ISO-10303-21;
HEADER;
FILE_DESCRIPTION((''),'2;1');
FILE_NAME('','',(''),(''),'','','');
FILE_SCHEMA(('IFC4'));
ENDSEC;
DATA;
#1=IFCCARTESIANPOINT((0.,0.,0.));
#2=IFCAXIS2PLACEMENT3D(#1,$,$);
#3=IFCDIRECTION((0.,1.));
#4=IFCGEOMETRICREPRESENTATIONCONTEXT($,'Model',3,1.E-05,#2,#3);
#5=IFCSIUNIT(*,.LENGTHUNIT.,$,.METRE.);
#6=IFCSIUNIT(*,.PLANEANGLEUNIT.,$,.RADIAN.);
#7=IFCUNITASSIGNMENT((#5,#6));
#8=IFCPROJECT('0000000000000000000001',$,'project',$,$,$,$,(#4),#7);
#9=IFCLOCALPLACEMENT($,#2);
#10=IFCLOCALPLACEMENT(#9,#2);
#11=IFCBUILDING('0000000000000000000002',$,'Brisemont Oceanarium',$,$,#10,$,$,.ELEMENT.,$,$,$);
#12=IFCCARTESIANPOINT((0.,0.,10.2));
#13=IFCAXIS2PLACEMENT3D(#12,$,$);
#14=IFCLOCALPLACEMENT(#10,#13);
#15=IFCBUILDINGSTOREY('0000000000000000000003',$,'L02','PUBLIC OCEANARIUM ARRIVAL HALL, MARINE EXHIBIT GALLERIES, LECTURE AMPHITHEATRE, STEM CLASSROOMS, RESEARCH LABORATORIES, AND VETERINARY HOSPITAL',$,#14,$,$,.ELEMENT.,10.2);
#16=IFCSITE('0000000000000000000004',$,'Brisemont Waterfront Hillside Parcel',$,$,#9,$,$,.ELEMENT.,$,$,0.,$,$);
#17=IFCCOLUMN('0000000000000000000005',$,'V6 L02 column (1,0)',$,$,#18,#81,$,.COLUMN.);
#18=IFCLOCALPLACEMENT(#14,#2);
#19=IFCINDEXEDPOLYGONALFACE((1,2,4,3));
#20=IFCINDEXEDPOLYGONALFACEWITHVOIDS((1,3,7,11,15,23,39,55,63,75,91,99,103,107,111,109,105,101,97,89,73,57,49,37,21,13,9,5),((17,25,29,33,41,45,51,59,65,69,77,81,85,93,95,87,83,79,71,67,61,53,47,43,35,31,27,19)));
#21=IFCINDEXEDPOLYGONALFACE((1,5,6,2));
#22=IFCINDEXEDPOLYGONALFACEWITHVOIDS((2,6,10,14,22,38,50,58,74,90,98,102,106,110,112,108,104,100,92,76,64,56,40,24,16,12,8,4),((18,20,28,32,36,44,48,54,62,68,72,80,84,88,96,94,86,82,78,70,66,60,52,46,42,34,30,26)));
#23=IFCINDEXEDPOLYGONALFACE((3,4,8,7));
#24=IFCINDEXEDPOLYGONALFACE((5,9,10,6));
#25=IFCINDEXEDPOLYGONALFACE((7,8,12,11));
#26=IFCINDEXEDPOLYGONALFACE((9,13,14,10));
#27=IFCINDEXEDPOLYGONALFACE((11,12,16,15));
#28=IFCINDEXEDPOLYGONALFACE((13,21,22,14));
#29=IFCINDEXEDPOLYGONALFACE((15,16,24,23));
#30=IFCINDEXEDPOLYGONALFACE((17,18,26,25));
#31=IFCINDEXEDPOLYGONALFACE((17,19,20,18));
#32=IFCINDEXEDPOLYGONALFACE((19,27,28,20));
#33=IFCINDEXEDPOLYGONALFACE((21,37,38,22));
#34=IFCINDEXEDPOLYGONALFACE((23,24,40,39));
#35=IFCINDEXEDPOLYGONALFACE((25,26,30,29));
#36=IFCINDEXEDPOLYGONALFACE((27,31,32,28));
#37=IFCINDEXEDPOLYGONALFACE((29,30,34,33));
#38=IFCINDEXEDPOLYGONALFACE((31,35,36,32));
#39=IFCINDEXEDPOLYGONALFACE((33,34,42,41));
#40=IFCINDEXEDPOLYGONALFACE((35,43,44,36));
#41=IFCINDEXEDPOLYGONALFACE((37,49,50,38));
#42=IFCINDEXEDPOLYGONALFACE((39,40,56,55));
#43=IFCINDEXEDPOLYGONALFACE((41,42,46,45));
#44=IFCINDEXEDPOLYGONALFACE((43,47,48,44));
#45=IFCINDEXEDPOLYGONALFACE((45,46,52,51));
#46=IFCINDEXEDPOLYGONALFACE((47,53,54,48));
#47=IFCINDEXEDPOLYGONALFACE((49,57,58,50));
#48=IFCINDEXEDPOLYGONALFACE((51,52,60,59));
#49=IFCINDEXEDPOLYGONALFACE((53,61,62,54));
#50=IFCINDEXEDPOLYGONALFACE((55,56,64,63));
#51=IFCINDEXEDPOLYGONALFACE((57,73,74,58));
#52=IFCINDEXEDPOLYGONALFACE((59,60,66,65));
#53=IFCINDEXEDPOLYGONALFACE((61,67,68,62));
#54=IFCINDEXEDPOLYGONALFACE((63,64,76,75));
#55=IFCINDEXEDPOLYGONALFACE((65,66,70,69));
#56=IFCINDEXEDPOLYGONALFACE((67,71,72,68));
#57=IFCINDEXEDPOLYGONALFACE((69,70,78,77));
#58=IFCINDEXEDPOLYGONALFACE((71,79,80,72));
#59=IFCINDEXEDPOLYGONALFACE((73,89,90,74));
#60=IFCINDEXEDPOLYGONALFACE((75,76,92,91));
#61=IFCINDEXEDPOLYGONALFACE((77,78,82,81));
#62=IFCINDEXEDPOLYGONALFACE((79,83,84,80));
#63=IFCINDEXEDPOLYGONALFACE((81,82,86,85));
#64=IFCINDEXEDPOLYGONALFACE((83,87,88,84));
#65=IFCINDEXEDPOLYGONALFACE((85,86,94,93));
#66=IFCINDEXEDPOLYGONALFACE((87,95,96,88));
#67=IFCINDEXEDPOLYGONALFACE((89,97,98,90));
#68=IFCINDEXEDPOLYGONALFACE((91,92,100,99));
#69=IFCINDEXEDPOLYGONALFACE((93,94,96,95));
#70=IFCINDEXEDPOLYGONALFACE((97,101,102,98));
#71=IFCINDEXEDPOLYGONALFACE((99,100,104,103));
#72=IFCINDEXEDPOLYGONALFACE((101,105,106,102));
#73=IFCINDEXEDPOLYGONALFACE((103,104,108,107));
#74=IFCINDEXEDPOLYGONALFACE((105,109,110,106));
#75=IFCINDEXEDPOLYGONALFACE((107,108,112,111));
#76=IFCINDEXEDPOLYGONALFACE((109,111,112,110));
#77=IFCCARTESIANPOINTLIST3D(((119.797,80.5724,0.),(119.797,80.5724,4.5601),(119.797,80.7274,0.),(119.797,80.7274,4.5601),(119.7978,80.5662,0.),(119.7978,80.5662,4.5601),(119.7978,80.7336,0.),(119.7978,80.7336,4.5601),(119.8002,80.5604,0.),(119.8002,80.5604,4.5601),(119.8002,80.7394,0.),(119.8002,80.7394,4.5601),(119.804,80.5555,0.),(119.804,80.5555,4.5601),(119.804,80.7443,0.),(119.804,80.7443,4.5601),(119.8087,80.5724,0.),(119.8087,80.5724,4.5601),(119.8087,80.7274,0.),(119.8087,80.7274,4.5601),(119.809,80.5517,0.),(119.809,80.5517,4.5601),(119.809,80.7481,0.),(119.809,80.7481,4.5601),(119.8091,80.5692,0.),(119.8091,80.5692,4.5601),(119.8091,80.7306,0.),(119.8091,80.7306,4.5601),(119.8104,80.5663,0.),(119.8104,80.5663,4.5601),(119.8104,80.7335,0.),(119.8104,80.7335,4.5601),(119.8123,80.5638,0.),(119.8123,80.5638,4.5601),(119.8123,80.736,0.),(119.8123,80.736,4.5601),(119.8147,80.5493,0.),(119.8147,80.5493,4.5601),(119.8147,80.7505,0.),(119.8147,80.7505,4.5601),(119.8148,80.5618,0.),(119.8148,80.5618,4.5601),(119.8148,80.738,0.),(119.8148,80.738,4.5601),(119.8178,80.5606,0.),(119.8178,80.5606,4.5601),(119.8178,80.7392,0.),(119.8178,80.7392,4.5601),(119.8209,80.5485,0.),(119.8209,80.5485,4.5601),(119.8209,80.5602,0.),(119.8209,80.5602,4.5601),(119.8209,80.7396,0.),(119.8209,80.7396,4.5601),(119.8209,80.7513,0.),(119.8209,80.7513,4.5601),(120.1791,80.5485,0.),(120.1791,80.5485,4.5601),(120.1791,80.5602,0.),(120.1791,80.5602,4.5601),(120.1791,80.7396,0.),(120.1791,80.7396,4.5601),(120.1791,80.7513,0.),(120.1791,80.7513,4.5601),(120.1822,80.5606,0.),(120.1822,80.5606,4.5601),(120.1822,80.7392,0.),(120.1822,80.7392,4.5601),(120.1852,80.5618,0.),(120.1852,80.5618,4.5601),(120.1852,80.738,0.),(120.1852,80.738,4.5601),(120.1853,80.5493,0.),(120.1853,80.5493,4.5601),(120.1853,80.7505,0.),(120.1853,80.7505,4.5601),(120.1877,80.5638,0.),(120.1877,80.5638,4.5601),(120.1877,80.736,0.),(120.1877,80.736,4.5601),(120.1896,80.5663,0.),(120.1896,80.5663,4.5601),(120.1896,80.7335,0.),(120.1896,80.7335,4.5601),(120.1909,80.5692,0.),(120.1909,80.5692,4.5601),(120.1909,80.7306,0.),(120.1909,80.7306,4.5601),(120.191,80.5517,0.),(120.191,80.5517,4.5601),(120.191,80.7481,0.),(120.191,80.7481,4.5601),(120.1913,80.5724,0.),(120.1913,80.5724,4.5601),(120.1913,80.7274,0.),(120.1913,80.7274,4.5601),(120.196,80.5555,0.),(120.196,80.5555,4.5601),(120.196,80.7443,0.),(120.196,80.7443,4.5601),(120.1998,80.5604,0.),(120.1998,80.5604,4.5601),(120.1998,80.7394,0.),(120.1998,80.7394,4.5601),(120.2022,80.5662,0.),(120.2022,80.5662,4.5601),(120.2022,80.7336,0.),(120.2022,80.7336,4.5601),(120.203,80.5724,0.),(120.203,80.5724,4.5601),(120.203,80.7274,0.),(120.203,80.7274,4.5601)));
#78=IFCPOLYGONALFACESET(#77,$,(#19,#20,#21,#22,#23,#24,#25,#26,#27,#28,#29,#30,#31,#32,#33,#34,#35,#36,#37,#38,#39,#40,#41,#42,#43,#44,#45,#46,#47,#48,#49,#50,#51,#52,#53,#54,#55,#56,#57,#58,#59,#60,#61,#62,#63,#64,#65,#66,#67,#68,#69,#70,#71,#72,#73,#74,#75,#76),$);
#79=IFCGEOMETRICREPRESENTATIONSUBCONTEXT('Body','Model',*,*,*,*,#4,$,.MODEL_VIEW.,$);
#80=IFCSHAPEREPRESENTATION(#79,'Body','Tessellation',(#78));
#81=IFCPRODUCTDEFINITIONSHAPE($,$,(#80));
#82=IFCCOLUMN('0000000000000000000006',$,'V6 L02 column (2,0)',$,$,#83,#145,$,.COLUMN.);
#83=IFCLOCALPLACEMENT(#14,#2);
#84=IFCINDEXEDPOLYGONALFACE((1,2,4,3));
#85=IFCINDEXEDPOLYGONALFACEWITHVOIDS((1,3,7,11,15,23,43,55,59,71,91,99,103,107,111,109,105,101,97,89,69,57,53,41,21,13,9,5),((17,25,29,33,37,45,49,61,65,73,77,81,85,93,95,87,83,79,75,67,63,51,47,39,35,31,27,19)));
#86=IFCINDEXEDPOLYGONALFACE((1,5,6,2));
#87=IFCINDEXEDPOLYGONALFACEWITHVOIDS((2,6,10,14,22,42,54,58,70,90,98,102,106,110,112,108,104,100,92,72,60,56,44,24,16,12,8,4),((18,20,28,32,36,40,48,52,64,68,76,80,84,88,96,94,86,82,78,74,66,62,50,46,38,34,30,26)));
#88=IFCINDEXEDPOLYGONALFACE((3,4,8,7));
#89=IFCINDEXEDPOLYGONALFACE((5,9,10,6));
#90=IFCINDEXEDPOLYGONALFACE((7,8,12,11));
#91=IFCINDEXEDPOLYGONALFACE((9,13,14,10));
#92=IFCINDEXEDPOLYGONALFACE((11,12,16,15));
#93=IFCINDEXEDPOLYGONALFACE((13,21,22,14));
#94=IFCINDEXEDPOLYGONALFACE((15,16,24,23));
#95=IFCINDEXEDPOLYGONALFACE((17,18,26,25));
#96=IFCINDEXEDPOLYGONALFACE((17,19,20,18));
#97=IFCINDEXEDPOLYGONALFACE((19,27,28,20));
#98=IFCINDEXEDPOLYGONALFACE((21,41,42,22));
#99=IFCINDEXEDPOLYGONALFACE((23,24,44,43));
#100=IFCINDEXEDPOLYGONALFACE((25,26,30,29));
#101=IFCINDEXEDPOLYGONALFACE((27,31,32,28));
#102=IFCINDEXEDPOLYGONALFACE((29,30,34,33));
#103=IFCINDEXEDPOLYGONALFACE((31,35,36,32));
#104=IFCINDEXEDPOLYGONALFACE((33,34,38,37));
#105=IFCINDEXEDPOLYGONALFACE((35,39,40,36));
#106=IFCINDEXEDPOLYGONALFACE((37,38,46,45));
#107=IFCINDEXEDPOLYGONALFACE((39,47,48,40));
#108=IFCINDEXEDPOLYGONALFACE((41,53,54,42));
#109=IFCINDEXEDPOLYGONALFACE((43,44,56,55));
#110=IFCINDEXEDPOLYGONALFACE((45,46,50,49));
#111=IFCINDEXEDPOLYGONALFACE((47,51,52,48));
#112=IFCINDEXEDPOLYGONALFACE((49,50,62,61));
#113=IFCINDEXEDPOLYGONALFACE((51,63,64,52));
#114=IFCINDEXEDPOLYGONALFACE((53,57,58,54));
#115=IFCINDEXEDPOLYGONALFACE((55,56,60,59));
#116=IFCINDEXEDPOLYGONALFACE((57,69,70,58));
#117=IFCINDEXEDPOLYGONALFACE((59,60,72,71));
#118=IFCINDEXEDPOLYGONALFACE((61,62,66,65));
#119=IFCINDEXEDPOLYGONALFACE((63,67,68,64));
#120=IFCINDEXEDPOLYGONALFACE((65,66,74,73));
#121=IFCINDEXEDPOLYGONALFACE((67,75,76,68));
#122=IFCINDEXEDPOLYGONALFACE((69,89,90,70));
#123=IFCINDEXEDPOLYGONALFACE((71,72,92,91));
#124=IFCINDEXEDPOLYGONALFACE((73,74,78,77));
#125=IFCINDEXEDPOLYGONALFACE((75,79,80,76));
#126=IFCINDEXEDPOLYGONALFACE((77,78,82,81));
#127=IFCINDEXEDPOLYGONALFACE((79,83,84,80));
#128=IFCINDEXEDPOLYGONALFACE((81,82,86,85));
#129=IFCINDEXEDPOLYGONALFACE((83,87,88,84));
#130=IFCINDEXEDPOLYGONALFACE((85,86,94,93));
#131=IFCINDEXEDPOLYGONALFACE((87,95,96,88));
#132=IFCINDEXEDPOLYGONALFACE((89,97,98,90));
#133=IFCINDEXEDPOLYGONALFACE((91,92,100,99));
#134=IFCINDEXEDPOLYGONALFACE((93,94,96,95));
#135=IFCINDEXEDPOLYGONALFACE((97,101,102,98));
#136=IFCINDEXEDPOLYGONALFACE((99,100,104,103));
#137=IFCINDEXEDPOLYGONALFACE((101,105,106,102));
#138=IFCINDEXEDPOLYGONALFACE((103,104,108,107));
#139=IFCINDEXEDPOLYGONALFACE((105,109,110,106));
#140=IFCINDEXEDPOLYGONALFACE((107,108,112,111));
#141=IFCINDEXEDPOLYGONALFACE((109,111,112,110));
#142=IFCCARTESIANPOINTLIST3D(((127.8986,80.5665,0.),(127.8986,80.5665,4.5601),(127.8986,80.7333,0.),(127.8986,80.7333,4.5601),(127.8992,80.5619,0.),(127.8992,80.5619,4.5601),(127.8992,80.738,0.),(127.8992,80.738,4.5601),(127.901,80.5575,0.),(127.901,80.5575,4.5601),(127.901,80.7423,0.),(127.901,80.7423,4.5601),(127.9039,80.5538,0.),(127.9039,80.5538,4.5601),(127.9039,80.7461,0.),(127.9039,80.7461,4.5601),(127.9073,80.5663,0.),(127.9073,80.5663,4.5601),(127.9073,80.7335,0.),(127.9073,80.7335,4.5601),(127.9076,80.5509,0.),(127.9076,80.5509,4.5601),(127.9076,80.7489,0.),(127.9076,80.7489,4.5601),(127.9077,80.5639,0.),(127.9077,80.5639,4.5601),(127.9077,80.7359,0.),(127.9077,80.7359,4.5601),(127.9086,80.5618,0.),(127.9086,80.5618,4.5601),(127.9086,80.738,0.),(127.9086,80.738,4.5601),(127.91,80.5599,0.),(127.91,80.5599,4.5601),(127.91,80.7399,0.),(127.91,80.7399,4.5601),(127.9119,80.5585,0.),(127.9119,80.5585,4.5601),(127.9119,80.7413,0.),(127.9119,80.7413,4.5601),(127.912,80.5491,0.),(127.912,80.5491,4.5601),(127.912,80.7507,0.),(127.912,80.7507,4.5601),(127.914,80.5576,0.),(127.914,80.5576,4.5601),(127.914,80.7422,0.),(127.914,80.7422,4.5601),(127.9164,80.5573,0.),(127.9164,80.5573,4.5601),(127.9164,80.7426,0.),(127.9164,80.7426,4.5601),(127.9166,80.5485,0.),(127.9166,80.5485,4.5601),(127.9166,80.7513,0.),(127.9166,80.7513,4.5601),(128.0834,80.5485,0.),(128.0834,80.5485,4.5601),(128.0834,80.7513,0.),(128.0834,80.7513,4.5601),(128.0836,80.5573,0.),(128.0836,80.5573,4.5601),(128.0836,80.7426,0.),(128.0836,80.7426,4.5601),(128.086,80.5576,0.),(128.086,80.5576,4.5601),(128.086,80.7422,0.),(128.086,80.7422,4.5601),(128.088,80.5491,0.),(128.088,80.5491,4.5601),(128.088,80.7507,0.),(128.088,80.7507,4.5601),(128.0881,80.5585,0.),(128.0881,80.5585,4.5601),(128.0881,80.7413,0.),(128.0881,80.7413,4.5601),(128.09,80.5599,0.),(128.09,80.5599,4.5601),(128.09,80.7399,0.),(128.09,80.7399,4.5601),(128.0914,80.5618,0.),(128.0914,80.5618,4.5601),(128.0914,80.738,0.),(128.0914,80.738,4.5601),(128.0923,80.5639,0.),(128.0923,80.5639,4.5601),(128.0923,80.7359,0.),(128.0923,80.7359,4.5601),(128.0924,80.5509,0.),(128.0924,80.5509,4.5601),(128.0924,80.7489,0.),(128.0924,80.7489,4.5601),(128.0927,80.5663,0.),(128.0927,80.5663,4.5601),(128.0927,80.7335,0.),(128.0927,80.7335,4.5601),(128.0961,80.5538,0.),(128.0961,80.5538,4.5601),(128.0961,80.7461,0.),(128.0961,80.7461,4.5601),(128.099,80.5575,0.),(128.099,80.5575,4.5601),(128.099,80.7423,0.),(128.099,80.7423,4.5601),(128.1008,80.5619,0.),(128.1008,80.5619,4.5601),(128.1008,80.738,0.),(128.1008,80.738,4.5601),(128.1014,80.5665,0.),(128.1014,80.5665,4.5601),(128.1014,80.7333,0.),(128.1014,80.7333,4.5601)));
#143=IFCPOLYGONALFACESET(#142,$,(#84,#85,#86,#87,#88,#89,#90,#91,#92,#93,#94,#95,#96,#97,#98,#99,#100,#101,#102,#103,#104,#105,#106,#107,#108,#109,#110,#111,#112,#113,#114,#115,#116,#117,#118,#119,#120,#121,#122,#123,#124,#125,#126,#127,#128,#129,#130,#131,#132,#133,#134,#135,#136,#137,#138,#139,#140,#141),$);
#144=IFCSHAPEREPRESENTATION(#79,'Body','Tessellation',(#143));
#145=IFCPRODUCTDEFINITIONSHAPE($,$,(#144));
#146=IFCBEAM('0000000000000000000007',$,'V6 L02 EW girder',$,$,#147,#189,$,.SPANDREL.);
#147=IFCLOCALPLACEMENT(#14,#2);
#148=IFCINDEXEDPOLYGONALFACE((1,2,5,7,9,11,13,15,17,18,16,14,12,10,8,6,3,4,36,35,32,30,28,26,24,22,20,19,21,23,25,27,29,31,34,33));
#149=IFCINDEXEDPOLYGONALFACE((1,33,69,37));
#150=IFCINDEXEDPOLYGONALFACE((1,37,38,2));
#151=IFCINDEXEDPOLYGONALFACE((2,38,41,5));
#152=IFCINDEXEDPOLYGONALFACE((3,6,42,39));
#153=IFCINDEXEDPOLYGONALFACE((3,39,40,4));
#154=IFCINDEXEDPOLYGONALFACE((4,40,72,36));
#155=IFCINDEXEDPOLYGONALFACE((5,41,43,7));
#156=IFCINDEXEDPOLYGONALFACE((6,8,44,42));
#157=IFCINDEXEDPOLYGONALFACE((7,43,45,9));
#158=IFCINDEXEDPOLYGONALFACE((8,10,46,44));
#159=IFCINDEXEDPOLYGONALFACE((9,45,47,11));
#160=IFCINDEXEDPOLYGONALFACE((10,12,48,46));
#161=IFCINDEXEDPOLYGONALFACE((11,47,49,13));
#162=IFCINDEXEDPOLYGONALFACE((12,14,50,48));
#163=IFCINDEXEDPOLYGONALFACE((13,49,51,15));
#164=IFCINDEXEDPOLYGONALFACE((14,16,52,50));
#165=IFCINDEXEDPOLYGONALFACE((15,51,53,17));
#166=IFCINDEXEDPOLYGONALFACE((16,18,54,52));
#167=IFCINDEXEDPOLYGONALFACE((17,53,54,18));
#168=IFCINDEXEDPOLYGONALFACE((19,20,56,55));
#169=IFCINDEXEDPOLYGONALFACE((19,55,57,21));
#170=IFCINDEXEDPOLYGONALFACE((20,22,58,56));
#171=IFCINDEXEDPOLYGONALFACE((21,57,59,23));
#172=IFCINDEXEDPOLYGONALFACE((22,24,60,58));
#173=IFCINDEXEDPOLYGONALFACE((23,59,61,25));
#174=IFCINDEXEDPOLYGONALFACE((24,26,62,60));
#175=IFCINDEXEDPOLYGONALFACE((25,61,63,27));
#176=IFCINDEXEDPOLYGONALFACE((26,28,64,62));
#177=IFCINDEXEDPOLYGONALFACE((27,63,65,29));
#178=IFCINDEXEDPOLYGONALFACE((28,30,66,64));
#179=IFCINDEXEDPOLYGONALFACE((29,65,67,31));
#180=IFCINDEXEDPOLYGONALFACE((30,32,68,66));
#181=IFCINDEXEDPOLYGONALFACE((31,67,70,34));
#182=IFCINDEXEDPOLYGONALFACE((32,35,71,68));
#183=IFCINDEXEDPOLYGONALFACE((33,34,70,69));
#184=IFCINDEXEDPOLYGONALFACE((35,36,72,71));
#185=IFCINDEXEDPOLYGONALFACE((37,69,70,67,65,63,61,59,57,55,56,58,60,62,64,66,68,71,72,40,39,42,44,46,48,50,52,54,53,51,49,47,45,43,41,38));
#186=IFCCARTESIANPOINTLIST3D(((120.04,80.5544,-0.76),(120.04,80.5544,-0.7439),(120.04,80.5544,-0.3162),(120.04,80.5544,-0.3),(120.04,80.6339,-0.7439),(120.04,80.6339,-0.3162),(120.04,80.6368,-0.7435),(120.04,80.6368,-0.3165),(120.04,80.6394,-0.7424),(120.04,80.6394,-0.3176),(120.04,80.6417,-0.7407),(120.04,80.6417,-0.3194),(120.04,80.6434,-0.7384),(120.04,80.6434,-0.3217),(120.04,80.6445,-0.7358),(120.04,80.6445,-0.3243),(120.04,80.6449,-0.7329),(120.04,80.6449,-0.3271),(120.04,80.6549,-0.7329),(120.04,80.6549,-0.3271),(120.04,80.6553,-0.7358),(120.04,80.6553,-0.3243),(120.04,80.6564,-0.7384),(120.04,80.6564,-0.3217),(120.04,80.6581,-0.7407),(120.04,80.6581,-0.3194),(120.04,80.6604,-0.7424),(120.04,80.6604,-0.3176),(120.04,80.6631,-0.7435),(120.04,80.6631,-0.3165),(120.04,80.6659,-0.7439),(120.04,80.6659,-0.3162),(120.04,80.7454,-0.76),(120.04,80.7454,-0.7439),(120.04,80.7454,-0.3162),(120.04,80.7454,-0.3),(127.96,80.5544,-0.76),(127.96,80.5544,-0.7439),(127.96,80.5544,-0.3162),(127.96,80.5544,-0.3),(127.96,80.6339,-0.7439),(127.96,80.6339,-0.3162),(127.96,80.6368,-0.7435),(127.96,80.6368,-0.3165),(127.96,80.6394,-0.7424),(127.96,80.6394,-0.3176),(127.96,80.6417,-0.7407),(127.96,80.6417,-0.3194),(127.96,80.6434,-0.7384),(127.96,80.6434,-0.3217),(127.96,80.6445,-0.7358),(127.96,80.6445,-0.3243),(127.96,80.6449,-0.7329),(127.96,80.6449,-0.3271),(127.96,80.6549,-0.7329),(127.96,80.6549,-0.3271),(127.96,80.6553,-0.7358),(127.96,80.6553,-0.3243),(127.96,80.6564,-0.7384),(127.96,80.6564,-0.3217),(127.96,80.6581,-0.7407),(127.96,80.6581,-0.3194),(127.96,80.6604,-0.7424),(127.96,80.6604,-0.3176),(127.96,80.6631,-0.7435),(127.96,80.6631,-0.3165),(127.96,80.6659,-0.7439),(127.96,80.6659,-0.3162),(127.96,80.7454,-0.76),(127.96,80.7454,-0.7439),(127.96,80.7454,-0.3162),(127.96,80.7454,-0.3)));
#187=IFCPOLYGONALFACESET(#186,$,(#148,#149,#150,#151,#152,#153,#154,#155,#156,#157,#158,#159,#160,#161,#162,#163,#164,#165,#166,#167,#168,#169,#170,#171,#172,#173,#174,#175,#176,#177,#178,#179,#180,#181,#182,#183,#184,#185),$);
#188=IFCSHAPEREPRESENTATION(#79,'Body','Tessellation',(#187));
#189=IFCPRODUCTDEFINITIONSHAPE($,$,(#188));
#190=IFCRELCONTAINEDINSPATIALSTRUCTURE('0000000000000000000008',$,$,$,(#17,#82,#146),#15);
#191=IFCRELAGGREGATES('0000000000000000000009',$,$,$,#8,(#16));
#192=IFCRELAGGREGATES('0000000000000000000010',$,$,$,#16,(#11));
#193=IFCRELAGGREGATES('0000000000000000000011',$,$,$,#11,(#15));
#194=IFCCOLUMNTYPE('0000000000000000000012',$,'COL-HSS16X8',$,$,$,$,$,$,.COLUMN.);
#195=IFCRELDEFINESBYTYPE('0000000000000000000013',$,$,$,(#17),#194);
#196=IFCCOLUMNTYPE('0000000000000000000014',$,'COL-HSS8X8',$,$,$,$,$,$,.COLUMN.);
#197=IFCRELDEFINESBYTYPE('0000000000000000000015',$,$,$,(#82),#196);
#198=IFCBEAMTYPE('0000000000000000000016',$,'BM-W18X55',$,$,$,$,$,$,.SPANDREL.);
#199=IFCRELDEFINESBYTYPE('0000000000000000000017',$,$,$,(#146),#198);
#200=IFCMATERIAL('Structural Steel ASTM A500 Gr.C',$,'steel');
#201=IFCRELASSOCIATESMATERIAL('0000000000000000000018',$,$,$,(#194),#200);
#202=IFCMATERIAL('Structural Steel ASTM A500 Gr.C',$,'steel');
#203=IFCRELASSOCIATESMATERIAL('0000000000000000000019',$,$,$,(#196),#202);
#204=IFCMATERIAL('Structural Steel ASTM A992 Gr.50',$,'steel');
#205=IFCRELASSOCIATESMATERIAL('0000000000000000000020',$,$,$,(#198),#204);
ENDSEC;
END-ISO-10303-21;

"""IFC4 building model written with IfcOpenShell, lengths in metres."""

from ifc_helpers import new_model, si_unit, direction, frame, origin, origin_2d, place, context, subcontext, project, spatial, hollow_rectangle, i_section, extrude, material, material_profile, profile_set, type_object, element, save


model = new_model("IFC4")

# Units and contexts
model_context = context("Model", 3, precision=1e-05, world=origin(), true_north=direction((0.0, 1.0)))
body_context = subcontext(model_context, "Body", "Model", "MODEL_VIEW")
ifc_project = project(units=[si_unit("LENGTHUNIT", "METRE"), si_unit("PLANEANGLEUNIT", "RADIAN")], contexts=[model_context])

# Site, building, storey
site_placement = place(None, origin())
site = spatial("IfcSite", under=ifc_project, at=site_placement, Name="Brisemont Waterfront Hillside Parcel", CompositionType="ELEMENT", RefElevation=0.0)
building_placement = place(site_placement, origin())
building = spatial("IfcBuilding", under=site, at=building_placement, Name="Brisemont Oceanarium", CompositionType="ELEMENT")
storey_placement = place(building_placement, frame((0.0, 0.0, 10.2)))
storey = spatial("IfcBuildingStorey", under=building, at=storey_placement, Name="L02", Description="PUBLIC OCEANARIUM ARRIVAL HALL, MARINE EXHIBIT GALLERIES, LECTURE AMPHITHEATRE, STEM CLASSROOMS, RESEARCH LABORATORIES, AND VETERINARY HOSPITAL", CompositionType="ELEMENT", Elevation=10.2)

# Columns
ifc_material_1 = material(Name="Structural Steel ASTM A500 Gr.C", Category="steel")
ifc_material_profile_1 = material_profile(ifc_material_1, hollow_rectangle(XDim=0.2029, YDim=0.406, WallThickness=0.0117, InnerFilletRadius=0.0122, OuterFilletRadius=0.0239, at=origin_2d()), Name="HSS16X8X1/2")
ifc_profile_set_1 = profile_set([ifc_material_profile_1], Name="Structural Steel ASTM A500 Gr.C")
column_type_1 = type_object("IfcColumnType", Name="COL-HSS16X8", PredefinedType="COLUMN", material=ifc_profile_set_1)
column_1_placement = place(storey_placement, frame((120.0, 80.6499, 0.0), z_axis=(0.0, 0.0, 1.0), x_axis=(0.0, 1.0, 0.0)))
element("IfcColumn", 1, at=column_1_placement, inside=storey, type_object=column_type_1, Name="V6 L02 column (1,0)", PredefinedType="COLUMN", context=body_context, shape_type="SweptSolid", body=[
    extrude(hollow_rectangle(XDim=0.2029, YDim=0.406, WallThickness=0.0117, InnerFilletRadius=0.0122, OuterFilletRadius=0.0239, at=origin_2d()), origin(), (0.0, 0.0, 1.0), 4.5601),
])
ifc_material_2 = material(Name="Structural Steel ASTM A500 Gr.C", Category="steel")
ifc_material_profile_2 = material_profile(ifc_material_2, hollow_rectangle(XDim=0.2029, YDim=0.2029, WallThickness=0.0088, InnerFilletRadius=0.009, OuterFilletRadius=0.0181, at=origin_2d()), Name="HSS8X8X3/8")
ifc_profile_set_2 = profile_set([ifc_material_profile_2], Name="Structural Steel ASTM A500 Gr.C")
column_type_2 = type_object("IfcColumnType", Name="COL-HSS8X8", PredefinedType="COLUMN", material=ifc_profile_set_2)
column_2_placement = place(storey_placement, frame((128.0, 80.6499, 0.0), z_axis=(0.0, 0.0, 1.0), x_axis=(1.0, 0.0, 0.0)))
element("IfcColumn", 2, at=column_2_placement, inside=storey, type_object=column_type_2, Name="V6 L02 column (2,0)", PredefinedType="COLUMN", context=body_context, shape_type="SweptSolid", body=[
    extrude(hollow_rectangle(XDim=0.2029, YDim=0.2029, WallThickness=0.0088, InnerFilletRadius=0.009, OuterFilletRadius=0.0181, at=origin_2d()), origin(), (0.0, 0.0, 1.0), 4.5601),
])

# Beam
ifc_material_3 = material(Name="Structural Steel ASTM A992 Gr.50", Category="steel")
ifc_material_profile_3 = material_profile(ifc_material_3, i_section(OverallWidth=0.1909, OverallDepth=0.46, WebThickness=0.01, FlangeThickness=0.0161, FilletRadius=0.011, at=origin_2d()), Name="W18X55")
ifc_profile_set_3 = profile_set([ifc_material_profile_3], Name="Structural Steel ASTM A992 Gr.50")
beam_type_1 = type_object("IfcBeamType", Name="BM-W18X55", PredefinedType="SPANDREL", material=ifc_profile_set_3)
beam_1_placement = place(storey_placement, frame((120.04, 80.6499, -0.53), z_axis=(1.0, 0.0, 0.0), x_axis=(0.0, 1.0, 0.0)))
element("IfcBeam", 3, at=beam_1_placement, inside=storey, type_object=beam_type_1, Name="V6 L02 EW girder", PredefinedType="SPANDREL", context=body_context, shape_type="SweptSolid", body=[
    extrude(i_section(OverallWidth=0.1909, OverallDepth=0.46, WebThickness=0.01, FlangeThickness=0.0161, FilletRadius=0.011, at=origin_2d()), origin(), (0.0, 0.0, 1.0), 7.9199),
])

save(model, "model.ifc")
